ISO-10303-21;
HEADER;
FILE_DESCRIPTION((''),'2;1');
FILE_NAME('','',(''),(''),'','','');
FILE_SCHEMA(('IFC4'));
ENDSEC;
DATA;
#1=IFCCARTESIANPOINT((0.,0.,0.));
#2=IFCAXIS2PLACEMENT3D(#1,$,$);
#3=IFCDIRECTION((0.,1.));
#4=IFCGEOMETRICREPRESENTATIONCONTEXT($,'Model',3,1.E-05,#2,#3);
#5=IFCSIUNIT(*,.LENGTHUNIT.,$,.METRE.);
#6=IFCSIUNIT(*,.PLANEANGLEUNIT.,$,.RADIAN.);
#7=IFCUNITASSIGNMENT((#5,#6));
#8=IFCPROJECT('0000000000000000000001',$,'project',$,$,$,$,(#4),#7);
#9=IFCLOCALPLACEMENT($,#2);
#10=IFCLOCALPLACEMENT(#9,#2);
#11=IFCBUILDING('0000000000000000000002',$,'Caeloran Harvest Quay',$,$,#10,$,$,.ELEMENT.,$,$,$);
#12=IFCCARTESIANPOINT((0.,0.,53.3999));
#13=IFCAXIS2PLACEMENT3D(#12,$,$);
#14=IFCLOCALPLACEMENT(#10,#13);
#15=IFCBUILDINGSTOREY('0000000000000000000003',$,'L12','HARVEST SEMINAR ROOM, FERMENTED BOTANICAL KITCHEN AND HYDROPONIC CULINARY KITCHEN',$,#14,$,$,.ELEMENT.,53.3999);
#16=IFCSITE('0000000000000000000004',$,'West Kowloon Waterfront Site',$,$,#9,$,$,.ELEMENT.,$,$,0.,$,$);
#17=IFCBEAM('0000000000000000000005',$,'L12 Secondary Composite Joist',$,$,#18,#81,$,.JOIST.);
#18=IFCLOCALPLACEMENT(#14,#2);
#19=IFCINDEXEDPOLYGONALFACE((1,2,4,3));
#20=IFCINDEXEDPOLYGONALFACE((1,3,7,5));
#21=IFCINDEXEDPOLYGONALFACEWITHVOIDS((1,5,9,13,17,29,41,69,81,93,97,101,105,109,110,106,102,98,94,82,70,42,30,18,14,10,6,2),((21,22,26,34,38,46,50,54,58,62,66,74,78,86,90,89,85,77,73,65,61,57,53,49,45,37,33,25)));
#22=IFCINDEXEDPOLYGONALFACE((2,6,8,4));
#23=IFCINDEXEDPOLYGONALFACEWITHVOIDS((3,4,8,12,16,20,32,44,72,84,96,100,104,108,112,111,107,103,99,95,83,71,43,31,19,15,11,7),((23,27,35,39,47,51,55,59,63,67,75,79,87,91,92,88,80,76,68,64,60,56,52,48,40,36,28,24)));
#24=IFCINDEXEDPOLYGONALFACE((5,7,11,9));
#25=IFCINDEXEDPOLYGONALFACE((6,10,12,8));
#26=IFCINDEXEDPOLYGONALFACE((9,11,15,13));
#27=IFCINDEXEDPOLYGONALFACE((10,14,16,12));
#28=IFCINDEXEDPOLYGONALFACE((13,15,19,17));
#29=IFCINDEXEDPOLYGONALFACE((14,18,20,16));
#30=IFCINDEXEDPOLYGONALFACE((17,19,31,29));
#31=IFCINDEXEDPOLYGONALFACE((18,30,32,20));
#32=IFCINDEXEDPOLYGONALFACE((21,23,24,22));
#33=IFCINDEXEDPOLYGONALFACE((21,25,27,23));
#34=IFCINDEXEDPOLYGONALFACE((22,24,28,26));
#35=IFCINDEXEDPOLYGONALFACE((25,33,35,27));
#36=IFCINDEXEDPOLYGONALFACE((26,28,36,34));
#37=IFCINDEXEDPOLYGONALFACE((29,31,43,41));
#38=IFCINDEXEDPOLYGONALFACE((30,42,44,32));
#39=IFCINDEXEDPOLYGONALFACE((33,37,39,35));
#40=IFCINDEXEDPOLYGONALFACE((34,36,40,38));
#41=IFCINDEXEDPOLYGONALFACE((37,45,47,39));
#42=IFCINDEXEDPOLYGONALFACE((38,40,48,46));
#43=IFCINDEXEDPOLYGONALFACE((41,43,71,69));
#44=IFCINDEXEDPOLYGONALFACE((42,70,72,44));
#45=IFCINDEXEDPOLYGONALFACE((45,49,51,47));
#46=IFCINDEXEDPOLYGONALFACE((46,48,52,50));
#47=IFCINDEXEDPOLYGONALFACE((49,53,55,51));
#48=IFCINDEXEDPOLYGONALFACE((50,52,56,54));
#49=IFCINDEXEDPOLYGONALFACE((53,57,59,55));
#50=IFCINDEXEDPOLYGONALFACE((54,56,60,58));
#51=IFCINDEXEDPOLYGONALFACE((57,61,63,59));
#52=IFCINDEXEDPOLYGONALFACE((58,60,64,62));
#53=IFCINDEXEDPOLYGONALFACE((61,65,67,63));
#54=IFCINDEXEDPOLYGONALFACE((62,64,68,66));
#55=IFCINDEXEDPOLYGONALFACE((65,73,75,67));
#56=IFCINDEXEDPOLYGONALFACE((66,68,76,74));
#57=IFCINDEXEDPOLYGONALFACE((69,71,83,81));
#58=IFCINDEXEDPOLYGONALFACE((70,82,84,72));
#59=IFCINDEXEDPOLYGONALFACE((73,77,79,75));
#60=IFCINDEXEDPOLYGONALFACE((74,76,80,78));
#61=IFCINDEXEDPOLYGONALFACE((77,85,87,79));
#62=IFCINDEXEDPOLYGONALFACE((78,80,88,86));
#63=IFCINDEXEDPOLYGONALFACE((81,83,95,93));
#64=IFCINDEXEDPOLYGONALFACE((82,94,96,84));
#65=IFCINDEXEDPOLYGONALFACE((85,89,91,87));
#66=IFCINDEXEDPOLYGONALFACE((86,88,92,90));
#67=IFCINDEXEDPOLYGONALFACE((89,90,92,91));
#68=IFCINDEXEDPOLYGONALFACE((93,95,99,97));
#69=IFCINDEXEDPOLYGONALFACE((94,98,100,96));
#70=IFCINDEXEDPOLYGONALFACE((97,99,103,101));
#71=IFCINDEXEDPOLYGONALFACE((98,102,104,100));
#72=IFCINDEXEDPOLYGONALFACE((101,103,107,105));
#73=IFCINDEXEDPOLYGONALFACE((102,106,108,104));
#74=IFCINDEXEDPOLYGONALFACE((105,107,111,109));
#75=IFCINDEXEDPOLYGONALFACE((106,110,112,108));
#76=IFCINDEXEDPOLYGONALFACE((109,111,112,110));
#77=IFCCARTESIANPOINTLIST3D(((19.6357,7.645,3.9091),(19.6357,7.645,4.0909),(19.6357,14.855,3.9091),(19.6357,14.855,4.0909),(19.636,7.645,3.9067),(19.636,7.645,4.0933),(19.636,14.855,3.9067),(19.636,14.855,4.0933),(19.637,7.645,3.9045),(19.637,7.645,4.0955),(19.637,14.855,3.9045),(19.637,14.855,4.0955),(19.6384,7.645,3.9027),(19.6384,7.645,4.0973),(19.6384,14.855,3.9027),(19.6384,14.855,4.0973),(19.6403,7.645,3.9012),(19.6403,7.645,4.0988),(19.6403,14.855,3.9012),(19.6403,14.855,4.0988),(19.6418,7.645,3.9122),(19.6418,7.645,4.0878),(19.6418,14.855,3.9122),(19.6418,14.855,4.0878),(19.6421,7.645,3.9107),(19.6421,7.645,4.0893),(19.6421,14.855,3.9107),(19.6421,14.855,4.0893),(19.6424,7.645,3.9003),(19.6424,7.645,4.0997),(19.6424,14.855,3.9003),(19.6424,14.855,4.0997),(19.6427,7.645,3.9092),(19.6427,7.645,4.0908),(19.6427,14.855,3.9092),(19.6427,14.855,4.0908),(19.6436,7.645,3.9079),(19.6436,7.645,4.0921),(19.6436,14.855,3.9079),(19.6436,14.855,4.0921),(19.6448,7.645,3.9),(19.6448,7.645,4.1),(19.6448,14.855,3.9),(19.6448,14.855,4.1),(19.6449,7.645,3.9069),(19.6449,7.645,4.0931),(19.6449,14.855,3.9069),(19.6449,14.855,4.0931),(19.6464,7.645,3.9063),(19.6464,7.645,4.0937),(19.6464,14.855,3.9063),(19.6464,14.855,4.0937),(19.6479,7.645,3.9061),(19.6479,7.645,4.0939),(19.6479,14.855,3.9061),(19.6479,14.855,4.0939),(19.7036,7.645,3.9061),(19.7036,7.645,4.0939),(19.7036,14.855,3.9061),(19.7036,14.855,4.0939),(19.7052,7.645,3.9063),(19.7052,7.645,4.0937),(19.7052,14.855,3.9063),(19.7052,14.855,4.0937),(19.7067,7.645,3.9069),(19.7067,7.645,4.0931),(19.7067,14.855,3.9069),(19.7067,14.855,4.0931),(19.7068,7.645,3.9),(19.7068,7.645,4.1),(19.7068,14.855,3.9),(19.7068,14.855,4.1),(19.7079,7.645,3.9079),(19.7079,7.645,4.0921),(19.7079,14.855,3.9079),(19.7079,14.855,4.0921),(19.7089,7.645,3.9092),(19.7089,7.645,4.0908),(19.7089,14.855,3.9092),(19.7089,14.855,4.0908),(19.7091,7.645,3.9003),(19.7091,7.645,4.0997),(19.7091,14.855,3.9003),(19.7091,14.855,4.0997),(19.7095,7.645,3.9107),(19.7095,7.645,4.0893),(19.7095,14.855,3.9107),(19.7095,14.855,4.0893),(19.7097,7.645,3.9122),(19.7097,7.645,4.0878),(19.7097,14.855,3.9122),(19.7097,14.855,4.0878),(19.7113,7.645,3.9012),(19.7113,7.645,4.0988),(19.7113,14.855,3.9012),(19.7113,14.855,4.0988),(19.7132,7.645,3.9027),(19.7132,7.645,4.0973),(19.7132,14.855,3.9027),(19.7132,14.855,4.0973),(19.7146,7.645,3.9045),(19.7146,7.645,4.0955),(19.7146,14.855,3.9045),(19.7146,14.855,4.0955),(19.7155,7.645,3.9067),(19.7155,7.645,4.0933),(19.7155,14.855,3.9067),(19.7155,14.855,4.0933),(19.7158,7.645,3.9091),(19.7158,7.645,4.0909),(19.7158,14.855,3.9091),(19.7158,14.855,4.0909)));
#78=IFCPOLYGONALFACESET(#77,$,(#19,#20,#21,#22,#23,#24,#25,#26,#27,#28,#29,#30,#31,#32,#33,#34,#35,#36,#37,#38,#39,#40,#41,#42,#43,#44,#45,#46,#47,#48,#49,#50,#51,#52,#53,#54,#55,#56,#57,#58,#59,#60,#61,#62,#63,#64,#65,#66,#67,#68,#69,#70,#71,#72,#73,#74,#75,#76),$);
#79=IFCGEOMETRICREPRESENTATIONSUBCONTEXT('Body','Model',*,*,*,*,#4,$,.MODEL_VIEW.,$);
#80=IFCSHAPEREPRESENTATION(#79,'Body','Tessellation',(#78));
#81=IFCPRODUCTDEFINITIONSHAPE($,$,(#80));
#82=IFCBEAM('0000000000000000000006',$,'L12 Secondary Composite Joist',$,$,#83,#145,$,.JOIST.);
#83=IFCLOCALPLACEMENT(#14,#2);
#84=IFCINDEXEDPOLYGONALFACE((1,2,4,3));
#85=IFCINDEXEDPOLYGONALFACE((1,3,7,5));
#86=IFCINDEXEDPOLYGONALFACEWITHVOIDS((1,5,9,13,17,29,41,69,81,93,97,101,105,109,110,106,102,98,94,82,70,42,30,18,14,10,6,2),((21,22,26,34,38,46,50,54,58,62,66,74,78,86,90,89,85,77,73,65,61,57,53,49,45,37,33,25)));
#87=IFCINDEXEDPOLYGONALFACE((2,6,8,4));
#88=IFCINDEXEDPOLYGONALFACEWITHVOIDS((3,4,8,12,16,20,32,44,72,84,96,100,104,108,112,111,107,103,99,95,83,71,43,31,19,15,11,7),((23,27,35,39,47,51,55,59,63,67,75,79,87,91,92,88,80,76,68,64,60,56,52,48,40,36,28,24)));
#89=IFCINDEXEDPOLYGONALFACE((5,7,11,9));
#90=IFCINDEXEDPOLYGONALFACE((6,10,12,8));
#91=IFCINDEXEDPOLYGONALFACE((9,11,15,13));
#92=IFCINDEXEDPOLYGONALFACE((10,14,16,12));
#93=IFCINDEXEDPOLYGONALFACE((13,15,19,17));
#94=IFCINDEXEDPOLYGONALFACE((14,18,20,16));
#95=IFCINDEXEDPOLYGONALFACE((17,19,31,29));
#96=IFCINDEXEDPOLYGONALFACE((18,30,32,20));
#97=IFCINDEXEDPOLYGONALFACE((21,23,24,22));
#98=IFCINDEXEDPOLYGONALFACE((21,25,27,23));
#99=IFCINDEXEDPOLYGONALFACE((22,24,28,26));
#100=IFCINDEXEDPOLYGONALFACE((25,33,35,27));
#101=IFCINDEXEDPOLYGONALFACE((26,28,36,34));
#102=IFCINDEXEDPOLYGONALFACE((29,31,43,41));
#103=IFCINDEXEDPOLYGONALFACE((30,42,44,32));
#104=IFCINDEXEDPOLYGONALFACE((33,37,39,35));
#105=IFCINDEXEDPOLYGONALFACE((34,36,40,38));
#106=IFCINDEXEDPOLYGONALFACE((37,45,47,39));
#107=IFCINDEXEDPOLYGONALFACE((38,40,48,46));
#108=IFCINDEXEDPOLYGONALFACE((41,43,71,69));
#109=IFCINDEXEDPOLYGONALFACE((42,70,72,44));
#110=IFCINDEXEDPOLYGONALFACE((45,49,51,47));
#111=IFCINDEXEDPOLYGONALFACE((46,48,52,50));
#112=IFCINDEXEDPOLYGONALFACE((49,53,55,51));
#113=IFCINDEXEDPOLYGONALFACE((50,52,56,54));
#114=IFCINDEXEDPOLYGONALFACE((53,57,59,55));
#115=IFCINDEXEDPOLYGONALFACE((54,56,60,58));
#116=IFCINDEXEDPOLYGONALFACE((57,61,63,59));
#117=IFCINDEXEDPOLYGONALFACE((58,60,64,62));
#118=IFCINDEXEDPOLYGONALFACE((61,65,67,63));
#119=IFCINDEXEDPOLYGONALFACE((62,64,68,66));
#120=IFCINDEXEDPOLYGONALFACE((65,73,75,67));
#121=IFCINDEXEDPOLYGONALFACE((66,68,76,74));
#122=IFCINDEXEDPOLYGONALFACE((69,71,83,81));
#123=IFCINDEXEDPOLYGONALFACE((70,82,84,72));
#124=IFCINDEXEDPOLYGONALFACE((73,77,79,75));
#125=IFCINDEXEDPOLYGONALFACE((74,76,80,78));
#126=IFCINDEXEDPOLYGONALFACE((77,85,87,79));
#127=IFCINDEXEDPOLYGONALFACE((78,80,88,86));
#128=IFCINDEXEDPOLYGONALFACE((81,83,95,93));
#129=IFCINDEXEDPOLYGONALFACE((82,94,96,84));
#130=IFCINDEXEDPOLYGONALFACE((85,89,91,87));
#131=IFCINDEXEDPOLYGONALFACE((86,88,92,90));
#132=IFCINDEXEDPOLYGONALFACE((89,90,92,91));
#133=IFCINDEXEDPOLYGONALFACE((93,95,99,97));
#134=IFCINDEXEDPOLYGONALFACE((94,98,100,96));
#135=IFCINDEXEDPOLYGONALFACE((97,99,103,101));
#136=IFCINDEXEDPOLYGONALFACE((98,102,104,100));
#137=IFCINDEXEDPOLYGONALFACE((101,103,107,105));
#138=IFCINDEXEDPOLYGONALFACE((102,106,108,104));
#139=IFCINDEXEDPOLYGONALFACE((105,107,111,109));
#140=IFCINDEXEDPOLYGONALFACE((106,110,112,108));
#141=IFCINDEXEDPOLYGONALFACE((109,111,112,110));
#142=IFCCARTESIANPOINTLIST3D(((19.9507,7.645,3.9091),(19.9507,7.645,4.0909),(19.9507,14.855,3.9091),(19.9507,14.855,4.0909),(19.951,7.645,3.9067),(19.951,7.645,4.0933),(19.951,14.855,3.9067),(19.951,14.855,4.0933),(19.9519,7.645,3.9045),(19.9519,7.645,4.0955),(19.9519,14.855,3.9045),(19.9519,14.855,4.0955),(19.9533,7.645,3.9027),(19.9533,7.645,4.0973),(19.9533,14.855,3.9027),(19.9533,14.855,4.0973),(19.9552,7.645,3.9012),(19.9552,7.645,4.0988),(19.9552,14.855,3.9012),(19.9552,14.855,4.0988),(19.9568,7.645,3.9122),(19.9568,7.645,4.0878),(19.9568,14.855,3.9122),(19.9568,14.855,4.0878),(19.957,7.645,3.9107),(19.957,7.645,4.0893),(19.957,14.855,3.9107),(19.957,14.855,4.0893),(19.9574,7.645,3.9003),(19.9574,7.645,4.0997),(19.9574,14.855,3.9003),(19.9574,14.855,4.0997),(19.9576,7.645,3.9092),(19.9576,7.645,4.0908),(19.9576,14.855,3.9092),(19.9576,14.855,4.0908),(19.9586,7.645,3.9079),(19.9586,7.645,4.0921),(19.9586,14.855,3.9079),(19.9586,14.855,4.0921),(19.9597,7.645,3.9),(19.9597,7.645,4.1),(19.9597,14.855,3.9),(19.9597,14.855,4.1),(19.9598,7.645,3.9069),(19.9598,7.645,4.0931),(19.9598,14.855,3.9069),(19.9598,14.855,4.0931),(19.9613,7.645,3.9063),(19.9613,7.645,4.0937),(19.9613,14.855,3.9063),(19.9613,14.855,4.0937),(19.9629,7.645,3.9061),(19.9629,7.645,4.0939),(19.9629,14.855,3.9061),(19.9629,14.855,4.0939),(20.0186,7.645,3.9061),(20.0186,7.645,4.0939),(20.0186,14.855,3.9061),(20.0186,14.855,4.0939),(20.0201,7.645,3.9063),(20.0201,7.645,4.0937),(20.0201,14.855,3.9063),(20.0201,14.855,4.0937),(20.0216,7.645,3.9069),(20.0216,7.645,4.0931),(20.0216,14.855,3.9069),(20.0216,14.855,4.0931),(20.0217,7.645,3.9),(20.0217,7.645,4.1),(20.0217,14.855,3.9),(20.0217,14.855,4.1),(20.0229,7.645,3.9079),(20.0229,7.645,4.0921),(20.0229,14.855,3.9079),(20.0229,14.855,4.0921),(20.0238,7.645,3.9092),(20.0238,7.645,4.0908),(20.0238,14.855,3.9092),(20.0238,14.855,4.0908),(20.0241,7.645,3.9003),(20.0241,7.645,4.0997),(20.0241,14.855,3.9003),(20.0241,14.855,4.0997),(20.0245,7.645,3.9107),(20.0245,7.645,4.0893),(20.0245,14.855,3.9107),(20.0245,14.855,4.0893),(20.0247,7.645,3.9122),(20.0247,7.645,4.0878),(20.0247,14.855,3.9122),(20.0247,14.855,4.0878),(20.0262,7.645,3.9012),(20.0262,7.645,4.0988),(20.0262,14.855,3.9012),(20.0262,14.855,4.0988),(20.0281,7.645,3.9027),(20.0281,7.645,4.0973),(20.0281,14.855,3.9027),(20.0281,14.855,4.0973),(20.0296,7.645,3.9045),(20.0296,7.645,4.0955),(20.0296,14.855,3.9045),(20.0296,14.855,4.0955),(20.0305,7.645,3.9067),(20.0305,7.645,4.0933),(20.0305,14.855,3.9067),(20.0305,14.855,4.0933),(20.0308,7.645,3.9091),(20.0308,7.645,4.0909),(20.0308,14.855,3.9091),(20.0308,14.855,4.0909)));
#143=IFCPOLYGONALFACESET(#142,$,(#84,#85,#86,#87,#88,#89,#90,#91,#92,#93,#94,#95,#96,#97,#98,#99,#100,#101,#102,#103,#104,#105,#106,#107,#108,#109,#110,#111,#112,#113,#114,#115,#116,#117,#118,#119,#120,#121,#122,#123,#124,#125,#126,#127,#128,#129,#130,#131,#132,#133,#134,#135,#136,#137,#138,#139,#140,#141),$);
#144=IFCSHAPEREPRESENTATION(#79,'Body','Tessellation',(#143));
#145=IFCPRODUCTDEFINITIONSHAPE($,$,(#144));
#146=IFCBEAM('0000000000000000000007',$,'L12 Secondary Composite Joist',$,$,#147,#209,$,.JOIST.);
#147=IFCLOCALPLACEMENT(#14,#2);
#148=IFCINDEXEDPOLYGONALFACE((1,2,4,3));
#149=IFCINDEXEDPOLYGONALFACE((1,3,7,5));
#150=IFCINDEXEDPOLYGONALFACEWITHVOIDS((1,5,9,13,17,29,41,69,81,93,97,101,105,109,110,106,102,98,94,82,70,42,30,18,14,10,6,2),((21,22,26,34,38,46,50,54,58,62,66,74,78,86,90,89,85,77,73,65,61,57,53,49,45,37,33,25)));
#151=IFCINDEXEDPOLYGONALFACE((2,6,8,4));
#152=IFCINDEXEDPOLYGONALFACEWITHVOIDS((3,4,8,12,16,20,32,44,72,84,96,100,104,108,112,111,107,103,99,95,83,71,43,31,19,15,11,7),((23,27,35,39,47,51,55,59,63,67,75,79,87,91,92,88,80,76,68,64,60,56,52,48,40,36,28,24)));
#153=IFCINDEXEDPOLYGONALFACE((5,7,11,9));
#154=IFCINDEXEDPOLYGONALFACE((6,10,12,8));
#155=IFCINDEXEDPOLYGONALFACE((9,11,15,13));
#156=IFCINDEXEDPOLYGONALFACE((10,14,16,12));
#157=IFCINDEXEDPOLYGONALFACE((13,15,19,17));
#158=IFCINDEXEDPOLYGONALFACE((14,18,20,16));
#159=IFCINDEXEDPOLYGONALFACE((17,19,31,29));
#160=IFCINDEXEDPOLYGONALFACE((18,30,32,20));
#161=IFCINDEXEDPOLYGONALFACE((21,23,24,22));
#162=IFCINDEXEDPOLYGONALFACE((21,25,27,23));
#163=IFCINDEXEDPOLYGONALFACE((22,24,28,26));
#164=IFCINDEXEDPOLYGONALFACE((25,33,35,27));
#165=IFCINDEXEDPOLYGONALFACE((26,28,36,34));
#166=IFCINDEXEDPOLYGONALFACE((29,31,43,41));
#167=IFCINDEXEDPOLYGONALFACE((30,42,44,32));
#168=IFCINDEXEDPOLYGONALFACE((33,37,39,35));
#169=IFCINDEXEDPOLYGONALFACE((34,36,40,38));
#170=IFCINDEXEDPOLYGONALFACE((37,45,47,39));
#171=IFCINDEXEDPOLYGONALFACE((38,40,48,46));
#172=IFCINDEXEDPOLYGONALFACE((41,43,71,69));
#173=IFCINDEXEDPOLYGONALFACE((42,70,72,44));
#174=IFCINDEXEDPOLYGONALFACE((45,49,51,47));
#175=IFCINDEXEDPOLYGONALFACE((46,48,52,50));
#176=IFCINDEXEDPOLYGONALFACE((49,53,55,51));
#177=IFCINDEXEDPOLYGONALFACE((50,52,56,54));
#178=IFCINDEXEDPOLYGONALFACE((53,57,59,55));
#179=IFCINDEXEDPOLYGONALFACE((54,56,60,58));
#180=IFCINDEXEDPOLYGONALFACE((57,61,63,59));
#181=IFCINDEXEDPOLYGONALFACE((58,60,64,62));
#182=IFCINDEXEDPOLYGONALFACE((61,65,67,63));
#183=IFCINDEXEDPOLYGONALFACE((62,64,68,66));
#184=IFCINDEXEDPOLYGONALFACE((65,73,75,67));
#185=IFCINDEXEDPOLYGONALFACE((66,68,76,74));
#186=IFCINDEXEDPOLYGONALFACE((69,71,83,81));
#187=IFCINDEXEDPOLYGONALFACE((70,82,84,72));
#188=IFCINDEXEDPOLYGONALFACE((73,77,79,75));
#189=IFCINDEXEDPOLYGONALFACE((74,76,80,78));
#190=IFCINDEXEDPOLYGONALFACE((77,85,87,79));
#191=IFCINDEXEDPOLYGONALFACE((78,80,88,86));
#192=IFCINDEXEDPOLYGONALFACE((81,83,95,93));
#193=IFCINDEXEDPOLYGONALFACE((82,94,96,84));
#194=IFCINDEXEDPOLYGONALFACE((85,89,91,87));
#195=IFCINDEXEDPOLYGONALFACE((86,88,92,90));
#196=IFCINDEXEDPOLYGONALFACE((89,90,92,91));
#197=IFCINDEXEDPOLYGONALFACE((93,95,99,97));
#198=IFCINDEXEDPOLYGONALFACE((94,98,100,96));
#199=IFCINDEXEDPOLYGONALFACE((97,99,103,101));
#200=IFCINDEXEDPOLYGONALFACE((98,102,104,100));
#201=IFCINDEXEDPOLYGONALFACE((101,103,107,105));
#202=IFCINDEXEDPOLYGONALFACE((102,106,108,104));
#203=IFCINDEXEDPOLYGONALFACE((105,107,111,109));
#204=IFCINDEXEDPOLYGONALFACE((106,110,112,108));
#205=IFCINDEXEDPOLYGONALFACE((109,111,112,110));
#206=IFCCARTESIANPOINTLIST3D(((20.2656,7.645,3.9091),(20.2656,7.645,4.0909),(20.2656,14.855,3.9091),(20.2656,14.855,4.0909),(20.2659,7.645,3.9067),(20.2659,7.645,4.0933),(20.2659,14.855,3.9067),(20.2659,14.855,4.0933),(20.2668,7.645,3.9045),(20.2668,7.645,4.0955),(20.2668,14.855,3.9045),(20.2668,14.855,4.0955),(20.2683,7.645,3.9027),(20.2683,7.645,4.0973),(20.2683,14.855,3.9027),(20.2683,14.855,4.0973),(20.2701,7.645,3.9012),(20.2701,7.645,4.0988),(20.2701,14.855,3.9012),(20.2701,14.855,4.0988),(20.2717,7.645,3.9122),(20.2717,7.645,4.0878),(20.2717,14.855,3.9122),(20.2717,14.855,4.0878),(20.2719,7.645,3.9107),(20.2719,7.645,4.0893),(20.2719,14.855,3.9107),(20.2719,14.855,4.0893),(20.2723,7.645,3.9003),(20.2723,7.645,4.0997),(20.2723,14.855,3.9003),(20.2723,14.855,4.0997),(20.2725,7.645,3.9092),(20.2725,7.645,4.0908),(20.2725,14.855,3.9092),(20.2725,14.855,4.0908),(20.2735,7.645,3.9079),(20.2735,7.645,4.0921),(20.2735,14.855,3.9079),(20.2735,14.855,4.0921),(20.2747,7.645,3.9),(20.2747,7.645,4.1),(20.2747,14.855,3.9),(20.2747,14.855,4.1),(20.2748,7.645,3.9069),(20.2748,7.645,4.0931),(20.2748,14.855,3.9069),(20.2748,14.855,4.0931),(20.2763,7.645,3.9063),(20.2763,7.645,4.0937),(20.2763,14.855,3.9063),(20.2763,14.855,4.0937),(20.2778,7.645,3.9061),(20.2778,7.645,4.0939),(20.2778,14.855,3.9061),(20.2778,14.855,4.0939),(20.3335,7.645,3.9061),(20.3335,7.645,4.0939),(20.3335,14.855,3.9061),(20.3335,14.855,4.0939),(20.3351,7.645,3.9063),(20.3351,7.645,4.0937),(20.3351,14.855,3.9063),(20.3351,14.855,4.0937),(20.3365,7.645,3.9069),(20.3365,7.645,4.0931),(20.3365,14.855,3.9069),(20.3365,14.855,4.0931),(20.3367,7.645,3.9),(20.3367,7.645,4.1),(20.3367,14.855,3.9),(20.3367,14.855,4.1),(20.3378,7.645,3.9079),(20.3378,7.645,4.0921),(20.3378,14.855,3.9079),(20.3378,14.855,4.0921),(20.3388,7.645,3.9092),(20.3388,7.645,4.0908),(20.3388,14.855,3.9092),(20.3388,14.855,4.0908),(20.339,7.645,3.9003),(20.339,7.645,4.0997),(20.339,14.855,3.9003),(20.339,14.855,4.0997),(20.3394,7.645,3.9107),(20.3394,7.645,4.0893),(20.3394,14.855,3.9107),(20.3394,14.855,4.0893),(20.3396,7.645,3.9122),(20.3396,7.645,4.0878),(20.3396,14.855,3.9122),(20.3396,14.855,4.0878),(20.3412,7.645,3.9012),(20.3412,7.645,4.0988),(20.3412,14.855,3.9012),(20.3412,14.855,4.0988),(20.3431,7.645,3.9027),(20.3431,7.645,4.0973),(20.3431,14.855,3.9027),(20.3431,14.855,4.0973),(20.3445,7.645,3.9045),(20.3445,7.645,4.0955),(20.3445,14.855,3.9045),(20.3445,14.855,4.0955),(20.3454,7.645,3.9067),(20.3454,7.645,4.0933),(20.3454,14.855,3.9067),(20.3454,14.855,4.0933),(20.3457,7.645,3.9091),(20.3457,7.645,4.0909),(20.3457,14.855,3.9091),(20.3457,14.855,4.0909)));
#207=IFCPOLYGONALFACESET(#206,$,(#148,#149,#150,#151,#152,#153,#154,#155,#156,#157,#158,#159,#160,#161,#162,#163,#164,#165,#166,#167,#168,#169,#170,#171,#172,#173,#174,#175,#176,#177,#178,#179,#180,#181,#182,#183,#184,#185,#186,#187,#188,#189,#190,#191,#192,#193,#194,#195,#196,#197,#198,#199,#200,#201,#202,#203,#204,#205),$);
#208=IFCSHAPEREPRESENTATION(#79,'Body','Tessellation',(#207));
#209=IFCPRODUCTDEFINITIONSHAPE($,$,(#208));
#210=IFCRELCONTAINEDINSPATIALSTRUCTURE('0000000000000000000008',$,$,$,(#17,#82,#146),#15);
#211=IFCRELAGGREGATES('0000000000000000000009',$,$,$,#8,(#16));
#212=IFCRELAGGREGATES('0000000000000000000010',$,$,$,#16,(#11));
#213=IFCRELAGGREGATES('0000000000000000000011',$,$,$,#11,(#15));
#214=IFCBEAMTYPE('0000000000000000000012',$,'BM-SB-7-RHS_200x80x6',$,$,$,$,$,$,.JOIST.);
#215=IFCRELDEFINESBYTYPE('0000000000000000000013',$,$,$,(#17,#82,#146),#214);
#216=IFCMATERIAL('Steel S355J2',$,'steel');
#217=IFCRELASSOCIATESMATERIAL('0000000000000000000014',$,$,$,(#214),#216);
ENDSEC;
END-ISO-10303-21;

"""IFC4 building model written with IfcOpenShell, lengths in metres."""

from ifc_helpers import new_model, si_unit, direction, frame, origin, origin_2d, place, context, subcontext, project, spatial, hollow_rectangle, extrude, material, material_profile, profile_set, type_object, element, save


model = new_model("IFC4")

# Units and contexts
model_context = context("Model", 3, precision=1e-05, world=origin(), true_north=direction((0.0, 1.0)))
body_context = subcontext(model_context, "Body", "Model", "MODEL_VIEW")
ifc_project = project(units=[si_unit("LENGTHUNIT", "METRE"), si_unit("PLANEANGLEUNIT", "RADIAN")], contexts=[model_context])

# Site, building, storey
site_placement = place(None, origin())
site = spatial("IfcSite", under=ifc_project, at=site_placement, Name="West Kowloon Waterfront Site", CompositionType="ELEMENT", RefElevation=0.0)
building_placement = place(site_placement, origin())
building = spatial("IfcBuilding", under=site, at=building_placement, Name="Caeloran Harvest Quay", CompositionType="ELEMENT")
storey_placement = place(building_placement, frame((0.0, 0.0, 53.3999)))
storey = spatial("IfcBuildingStorey", under=building, at=storey_placement, Name="L12", Description="HARVEST SEMINAR ROOM, FERMENTED BOTANICAL KITCHEN AND HYDROPONIC CULINARY KITCHEN", CompositionType="ELEMENT", Elevation=53.3999)

# Beams
ifc_material = material(Name="Steel S355J2", Category="steel")
ifc_material_profile_1 = material_profile(ifc_material, hollow_rectangle(XDim=0.0801, YDim=0.2, WallThickness=0.0061, InnerFilletRadius=0.0061, OuterFilletRadius=0.009, at=origin_2d()), Name="RHS 200x80x6")
ifc_profile_set_1 = profile_set([ifc_material_profile_1], Name="Steel S355J2")
beam_type_1 = type_object("IfcBeamType", Name="BM-SB-7-RHS_200x80x6", PredefinedType="JOIST", material=ifc_profile_set_1)
for number, where, z_axis, x_axis, name in (
    (1, (19.6758, 7.645, 4.0), (0.0, 1.0, 0.0), (-1.0, 0.0, 0.0), "L12 Secondary Composite Joist"),
    (2, (19.9907, 7.645, 4.0), (0.0, 1.0, 0.0), (-1.0, 0.0, 0.0), "L12 Secondary Composite Joist"),
    (3, (20.3057, 7.645, 4.0), (0.0, 1.0, 0.0), (-1.0, 0.0, 0.0), "L12 Secondary Composite Joist"),
):
    element("IfcBeam", number, at=place(storey_placement, frame(where, z_axis=z_axis, x_axis=x_axis)), inside=storey, type_object=beam_type_1, Name=name, PredefinedType="JOIST", context=body_context, shape_type="SweptSolid", body=[
        extrude(hollow_rectangle(XDim=0.0801, YDim=0.2, WallThickness=0.0061, InnerFilletRadius=0.0061, OuterFilletRadius=0.009, at=origin_2d()), origin(), (0.0, 0.0, 1.0), 7.21),
    ])

save(model, "model.ifc")
